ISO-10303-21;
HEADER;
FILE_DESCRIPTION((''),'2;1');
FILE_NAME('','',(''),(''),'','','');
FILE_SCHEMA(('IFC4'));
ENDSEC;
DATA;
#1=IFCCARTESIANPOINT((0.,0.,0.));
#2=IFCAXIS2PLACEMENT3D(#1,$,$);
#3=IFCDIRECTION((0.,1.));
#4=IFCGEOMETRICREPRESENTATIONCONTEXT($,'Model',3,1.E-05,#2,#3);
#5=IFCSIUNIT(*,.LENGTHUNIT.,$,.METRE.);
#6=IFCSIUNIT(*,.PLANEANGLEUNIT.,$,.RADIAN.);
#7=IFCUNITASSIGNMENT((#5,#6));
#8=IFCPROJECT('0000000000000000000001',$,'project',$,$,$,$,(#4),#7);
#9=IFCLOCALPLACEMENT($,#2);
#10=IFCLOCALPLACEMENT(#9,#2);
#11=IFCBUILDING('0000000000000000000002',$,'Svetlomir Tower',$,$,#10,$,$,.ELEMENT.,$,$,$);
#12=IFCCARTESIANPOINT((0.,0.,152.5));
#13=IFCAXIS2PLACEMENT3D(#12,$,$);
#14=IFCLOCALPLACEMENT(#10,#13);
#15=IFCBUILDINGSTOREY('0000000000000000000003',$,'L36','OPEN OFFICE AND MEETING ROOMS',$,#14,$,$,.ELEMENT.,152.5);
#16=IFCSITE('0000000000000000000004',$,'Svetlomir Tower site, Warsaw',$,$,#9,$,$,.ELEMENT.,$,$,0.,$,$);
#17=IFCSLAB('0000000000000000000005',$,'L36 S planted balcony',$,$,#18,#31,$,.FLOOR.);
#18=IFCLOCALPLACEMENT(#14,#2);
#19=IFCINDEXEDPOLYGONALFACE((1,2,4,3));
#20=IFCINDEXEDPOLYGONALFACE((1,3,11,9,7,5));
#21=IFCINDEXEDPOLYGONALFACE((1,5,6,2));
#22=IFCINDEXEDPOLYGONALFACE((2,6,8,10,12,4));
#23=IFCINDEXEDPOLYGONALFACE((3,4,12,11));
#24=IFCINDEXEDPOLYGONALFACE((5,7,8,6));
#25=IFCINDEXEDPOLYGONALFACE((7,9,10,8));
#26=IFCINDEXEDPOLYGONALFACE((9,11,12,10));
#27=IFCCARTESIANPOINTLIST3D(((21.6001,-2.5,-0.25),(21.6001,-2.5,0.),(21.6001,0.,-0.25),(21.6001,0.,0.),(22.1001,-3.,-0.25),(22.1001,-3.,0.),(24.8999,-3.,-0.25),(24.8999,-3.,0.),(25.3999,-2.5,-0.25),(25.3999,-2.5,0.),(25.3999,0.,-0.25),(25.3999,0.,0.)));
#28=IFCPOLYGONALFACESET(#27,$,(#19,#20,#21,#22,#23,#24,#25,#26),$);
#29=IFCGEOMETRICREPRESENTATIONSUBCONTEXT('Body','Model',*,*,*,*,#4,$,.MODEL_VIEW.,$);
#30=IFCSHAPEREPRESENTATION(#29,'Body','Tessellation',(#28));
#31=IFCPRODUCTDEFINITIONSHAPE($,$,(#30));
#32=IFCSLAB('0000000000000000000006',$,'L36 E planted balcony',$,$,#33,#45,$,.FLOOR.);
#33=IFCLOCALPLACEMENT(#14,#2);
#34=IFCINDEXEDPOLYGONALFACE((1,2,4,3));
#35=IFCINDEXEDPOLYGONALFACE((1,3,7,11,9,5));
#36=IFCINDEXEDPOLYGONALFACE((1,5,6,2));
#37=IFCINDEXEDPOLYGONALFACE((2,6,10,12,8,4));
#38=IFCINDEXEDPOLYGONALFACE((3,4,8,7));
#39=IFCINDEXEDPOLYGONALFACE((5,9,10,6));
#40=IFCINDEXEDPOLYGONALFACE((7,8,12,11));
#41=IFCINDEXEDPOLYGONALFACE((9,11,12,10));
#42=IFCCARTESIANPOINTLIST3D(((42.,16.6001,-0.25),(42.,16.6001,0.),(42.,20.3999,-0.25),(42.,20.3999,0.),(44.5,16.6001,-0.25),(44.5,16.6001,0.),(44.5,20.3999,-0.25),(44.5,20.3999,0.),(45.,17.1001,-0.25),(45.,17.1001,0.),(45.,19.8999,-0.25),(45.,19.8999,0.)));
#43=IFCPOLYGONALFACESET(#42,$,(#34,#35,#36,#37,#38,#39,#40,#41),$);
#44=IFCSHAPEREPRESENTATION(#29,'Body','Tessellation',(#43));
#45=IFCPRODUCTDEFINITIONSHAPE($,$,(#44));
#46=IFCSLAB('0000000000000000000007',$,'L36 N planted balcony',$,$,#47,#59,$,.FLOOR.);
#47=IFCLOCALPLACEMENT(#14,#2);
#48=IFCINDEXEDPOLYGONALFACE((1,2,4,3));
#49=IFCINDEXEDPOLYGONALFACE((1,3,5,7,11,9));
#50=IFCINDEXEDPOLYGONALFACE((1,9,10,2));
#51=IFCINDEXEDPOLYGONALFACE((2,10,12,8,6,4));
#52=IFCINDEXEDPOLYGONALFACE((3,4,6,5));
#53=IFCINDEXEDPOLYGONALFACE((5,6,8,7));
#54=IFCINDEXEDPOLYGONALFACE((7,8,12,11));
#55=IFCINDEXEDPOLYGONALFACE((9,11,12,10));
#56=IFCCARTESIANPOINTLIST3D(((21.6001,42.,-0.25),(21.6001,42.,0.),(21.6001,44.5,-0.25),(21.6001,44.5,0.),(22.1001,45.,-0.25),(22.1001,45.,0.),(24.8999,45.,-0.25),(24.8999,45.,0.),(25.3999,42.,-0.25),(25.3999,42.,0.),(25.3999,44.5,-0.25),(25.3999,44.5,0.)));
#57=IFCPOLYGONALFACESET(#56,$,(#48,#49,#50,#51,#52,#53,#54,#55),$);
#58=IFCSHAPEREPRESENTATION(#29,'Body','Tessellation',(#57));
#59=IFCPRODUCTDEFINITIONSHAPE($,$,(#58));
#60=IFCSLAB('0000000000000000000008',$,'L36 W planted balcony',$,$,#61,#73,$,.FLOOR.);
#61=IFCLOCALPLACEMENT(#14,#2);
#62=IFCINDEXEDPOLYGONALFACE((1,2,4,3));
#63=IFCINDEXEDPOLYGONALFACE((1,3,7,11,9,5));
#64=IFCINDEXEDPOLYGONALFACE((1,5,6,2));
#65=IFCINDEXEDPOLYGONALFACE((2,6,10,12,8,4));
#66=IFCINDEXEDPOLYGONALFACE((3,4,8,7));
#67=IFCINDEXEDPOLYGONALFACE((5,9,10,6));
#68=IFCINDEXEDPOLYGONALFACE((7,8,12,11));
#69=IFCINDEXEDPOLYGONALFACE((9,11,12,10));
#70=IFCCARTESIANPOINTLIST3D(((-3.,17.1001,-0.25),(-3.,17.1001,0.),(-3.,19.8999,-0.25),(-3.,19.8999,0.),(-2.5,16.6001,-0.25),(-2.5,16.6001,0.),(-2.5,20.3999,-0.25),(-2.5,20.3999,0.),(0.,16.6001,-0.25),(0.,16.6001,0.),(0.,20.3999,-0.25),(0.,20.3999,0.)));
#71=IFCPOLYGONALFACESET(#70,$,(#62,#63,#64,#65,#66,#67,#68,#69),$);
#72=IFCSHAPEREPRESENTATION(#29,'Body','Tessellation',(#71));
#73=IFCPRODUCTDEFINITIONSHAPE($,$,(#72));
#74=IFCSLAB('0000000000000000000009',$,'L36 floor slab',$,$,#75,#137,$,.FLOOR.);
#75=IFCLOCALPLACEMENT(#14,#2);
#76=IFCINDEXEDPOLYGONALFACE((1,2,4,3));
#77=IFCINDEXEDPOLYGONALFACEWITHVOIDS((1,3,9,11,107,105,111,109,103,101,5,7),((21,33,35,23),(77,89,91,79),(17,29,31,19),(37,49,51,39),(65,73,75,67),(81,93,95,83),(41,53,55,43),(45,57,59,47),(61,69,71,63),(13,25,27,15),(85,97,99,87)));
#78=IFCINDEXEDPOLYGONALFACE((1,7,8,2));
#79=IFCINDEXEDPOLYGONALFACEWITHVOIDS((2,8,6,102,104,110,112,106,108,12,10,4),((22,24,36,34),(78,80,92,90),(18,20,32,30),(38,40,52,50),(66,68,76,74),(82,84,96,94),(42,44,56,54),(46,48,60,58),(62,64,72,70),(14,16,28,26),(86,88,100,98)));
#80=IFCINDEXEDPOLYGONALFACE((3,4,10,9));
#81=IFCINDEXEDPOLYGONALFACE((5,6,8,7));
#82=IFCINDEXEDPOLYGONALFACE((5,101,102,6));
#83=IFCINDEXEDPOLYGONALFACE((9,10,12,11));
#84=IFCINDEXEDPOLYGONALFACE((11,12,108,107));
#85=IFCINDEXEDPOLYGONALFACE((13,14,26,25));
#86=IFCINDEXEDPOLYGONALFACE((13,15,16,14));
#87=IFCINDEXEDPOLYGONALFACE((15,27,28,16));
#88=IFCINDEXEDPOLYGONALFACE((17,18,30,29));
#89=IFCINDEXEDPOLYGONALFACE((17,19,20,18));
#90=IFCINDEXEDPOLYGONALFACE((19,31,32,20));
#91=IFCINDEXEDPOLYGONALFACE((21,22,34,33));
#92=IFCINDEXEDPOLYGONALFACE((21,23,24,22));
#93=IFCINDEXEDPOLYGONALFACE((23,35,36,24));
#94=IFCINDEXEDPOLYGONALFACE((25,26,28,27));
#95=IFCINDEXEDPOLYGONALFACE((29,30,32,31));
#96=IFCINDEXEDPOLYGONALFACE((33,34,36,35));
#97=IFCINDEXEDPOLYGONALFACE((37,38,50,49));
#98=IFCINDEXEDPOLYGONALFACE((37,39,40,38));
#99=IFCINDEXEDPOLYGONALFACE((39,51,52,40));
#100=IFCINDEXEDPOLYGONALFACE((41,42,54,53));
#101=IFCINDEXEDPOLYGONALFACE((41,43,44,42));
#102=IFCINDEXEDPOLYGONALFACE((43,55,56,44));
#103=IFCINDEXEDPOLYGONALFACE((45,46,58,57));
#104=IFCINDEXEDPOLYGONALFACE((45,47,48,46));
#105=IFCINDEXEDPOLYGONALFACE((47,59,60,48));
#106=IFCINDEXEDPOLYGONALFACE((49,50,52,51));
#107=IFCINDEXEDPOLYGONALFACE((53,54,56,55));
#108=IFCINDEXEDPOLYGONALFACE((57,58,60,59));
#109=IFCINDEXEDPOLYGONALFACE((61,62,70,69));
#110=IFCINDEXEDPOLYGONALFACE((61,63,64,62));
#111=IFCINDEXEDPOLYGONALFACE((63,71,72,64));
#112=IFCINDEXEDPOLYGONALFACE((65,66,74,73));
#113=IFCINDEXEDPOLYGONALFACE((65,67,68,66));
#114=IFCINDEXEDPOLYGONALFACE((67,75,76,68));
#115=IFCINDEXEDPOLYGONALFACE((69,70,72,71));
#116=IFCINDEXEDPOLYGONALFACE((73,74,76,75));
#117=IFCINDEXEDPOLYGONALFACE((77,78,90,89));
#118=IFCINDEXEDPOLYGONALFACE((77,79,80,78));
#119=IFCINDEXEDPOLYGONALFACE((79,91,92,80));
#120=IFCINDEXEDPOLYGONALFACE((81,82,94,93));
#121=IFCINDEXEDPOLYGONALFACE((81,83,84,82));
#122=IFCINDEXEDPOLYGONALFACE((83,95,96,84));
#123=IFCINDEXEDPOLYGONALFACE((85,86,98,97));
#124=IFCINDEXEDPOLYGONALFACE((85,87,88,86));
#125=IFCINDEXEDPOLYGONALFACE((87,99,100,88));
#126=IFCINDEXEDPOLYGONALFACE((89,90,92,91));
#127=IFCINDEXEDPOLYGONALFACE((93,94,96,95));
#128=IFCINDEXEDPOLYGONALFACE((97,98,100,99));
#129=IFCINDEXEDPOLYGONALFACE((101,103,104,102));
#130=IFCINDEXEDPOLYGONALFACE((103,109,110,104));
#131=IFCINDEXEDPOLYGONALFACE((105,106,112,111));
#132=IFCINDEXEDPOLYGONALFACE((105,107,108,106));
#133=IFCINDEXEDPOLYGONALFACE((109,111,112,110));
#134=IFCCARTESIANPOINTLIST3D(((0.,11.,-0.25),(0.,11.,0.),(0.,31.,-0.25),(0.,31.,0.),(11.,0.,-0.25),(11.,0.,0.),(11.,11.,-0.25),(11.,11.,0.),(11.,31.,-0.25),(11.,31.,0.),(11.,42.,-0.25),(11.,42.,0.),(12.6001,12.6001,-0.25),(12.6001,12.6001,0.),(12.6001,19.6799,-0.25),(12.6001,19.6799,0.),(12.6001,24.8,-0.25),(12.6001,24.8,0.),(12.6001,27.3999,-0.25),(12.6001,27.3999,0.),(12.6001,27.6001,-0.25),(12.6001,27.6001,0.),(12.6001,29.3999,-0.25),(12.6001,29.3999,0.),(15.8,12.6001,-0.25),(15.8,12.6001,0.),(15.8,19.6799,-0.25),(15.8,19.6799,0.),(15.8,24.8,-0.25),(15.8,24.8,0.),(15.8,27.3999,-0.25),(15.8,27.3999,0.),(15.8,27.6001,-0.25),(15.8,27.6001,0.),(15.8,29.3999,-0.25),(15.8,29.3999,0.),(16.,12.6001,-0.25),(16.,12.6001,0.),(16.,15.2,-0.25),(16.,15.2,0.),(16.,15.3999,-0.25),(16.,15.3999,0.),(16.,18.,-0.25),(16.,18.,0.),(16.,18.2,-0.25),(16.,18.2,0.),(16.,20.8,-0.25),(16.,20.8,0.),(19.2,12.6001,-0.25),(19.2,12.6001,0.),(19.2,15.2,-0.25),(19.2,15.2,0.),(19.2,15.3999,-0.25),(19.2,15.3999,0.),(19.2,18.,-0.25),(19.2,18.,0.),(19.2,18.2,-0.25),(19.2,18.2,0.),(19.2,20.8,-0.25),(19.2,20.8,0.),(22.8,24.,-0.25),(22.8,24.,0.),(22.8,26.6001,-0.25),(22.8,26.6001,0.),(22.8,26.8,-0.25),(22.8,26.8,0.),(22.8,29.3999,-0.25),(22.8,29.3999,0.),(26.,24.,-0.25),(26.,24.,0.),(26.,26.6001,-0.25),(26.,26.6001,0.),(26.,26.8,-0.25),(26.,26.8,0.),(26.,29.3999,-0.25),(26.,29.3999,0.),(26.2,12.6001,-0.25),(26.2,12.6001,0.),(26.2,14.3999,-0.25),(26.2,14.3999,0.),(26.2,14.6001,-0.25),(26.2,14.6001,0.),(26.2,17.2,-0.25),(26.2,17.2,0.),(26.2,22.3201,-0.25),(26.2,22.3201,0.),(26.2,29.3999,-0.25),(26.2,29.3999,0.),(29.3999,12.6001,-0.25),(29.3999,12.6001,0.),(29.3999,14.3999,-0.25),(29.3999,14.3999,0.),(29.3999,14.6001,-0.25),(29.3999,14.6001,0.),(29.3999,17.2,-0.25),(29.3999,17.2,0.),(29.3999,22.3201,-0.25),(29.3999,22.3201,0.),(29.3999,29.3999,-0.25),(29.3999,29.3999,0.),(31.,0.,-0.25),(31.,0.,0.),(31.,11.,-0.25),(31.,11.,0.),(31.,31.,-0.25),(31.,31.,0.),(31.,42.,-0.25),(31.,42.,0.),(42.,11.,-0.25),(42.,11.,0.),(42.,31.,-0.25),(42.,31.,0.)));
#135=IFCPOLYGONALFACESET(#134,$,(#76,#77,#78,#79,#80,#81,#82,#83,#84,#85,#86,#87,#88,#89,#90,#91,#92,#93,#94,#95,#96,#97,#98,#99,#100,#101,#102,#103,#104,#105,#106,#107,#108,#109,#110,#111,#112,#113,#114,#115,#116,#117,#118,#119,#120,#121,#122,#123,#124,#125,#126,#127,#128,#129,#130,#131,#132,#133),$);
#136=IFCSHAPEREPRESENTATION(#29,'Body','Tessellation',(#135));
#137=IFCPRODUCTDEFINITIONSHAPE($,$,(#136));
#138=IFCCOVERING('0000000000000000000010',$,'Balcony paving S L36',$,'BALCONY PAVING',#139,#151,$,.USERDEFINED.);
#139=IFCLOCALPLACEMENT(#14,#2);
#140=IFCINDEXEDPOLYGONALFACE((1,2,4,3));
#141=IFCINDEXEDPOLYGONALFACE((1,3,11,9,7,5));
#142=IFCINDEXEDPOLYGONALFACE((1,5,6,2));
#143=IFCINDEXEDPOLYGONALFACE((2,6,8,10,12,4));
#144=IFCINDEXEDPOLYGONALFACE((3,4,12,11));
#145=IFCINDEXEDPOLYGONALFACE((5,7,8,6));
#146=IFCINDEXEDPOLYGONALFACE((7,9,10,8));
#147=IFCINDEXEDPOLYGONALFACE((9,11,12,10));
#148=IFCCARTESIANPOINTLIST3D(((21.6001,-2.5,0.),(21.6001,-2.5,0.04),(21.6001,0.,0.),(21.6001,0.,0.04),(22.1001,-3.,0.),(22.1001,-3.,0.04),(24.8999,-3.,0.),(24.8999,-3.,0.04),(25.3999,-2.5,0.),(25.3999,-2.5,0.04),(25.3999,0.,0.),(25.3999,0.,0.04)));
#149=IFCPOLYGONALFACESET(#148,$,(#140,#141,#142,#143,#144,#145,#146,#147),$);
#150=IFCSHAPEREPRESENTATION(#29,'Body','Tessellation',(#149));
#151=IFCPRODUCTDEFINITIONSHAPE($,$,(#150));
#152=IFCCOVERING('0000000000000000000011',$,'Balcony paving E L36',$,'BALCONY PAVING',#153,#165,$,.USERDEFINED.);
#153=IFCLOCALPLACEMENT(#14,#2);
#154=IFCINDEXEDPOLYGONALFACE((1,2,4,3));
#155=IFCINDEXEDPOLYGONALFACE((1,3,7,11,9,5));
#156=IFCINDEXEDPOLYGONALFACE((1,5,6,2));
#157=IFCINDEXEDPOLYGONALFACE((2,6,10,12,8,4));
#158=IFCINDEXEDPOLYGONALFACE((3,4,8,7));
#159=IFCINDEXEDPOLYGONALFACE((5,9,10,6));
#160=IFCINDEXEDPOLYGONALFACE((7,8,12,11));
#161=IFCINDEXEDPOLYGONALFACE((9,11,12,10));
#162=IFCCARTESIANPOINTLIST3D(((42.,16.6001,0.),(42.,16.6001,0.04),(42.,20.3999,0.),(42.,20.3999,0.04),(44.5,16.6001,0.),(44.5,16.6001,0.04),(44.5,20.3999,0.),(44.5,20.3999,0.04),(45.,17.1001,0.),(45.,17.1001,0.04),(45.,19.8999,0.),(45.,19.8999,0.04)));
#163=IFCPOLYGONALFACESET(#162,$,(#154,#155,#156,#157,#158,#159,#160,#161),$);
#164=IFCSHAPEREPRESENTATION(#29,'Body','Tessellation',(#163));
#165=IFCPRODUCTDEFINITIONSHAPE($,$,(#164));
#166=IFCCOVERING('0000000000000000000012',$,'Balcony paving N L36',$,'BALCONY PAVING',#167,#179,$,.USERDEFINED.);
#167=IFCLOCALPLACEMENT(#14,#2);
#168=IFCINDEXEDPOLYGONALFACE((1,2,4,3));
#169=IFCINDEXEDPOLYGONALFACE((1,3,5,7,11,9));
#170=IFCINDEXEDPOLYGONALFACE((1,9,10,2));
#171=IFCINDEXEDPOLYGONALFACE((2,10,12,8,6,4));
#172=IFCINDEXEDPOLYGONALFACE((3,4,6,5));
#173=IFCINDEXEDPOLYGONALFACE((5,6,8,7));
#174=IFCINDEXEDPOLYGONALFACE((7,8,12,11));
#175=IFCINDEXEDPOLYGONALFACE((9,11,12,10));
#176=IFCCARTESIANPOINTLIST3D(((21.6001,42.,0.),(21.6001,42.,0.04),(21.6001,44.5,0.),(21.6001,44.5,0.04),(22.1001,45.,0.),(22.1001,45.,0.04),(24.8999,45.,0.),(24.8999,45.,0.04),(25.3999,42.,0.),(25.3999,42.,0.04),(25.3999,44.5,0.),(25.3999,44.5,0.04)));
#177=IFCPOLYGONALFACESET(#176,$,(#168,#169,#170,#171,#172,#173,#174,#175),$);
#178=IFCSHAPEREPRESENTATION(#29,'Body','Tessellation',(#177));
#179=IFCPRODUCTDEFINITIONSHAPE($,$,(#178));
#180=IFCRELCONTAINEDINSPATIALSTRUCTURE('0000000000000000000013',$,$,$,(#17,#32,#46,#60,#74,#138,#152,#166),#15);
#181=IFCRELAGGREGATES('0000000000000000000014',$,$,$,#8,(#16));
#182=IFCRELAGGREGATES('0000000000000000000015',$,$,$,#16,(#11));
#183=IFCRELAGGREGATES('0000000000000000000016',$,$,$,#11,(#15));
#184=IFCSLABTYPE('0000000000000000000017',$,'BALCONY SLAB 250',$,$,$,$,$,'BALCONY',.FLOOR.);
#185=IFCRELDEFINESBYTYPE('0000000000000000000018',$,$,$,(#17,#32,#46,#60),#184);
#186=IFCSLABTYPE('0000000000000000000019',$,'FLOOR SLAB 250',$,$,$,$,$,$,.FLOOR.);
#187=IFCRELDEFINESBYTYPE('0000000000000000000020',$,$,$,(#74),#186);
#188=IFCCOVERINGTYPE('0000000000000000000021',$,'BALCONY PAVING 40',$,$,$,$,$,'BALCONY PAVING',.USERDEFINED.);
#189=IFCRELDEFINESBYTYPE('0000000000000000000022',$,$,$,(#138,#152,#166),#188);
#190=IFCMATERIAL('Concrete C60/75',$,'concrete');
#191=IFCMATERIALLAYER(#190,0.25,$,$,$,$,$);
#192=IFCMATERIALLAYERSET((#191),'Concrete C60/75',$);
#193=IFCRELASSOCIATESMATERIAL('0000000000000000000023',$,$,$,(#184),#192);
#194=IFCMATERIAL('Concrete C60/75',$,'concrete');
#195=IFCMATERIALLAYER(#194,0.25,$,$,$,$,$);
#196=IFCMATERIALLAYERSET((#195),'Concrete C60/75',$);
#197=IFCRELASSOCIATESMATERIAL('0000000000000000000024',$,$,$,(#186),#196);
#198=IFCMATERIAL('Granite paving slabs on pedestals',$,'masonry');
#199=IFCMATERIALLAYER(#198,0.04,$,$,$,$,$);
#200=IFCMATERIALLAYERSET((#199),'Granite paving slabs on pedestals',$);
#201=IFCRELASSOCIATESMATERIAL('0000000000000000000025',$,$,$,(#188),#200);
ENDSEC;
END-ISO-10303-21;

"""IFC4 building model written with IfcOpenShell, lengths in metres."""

from ifc_helpers import new_model, si_unit, direction, frame, origin, place, context, subcontext, project, spatial, polyline, outline, extrude, material, layer, layer_set, type_object, element, save


model = new_model("IFC4")

# Units and contexts
model_context = context("Model", 3, precision=1e-05, world=origin(), true_north=direction((0.0, 1.0)))
body_context = subcontext(model_context, "Body", "Model", "MODEL_VIEW")
ifc_project = project(units=[si_unit("LENGTHUNIT", "METRE"), si_unit("PLANEANGLEUNIT", "RADIAN")], contexts=[model_context])

# Site, building, storey
site_placement = place(None, origin())
site = spatial("IfcSite", under=ifc_project, at=site_placement, Name="Svetlomir Tower site, Warsaw", CompositionType="ELEMENT", RefElevation=0.0)
building_placement = place(site_placement, origin())
building = spatial("IfcBuilding", under=site, at=building_placement, Name="Svetlomir Tower", CompositionType="ELEMENT")
storey_placement = place(building_placement, frame((0.0, 0.0, 152.5)))
storey = spatial("IfcBuildingStorey", under=building, at=storey_placement, Name="L36", Description="OPEN OFFICE AND MEETING ROOMS", CompositionType="ELEMENT", Elevation=152.5)

# Slabs
ifc_material_1 = material(Name="Concrete C60/75", Category="concrete")
ifc_layer_1 = layer(ifc_material_1, 0.25)
ifc_layer_set_1 = layer_set([ifc_layer_1], Name="Concrete C60/75")
slab_type_1 = type_object("IfcSlabType", Name="BALCONY SLAB 250", ElementType="BALCONY", PredefinedType="FLOOR", material=ifc_layer_set_1)
slab_1_placement = place(storey_placement, frame((0.0, 0.0, -0.25)))
element("IfcSlab", 1, at=slab_1_placement, inside=storey, type_object=slab_type_1, Name="L36 S planted balcony", PredefinedType="FLOOR", context=body_context, shape_type="SweptSolid", body=[
    extrude(outline(polyline([(21.6001, -2.5), (22.1001, -3.0), (24.8999, -3.0), (25.3999, -2.5), (25.3999, 0.0), (21.6001, 0.0), (21.6001, -2.5)])), origin(), (0.0, 0.0, 1.0), 0.25),
])
slab_2_placement = place(storey_placement, frame((0.0, 0.0, -0.25)))
element("IfcSlab", 2, at=slab_2_placement, inside=storey, type_object=slab_type_1, Name="L36 E planted balcony", PredefinedType="FLOOR", context=body_context, shape_type="SweptSolid", body=[
    extrude(outline(polyline([(42.0, 16.6001), (44.5, 16.6001), (45.0, 17.1001), (45.0, 19.8999), (44.5, 20.3999), (42.0, 20.3999), (42.0, 16.6001)])), origin(), (0.0, 0.0, 1.0), 0.25),
])
slab_3_placement = place(storey_placement, frame((0.0, 0.0, -0.25)))
element("IfcSlab", 3, at=slab_3_placement, inside=storey, type_object=slab_type_1, Name="L36 N planted balcony", PredefinedType="FLOOR", context=body_context, shape_type="SweptSolid", body=[
    extrude(outline(polyline([(21.6001, 42.0), (25.3999, 42.0), (25.3999, 44.5), (24.8999, 45.0), (22.1001, 45.0), (21.6001, 44.5), (21.6001, 42.0)])), origin(), (0.0, 0.0, 1.0), 0.25),
])
slab_4_placement = place(storey_placement, frame((0.0, 0.0, -0.25)))
element("IfcSlab", 4, at=slab_4_placement, inside=storey, type_object=slab_type_1, Name="L36 W planted balcony", PredefinedType="FLOOR", context=body_context, shape_type="SweptSolid", body=[
    extrude(outline(polyline([(-2.5, 16.6001), (0.0, 16.6001), (0.0, 20.3999), (-2.5, 20.3999), (-3.0, 19.8999), (-3.0, 17.1001), (-2.5, 16.6001)])), origin(), (0.0, 0.0, 1.0), 0.25),
])
ifc_material_2 = material(Name="Concrete C60/75", Category="concrete")
ifc_layer_2 = layer(ifc_material_2, 0.25)
ifc_layer_set_2 = layer_set([ifc_layer_2], Name="Concrete C60/75")
slab_type_2 = type_object("IfcSlabType", Name="FLOOR SLAB 250", PredefinedType="FLOOR", material=ifc_layer_set_2)
slab_5_placement = place(storey_placement, frame((0.0, 0.0, -0.25)))
element("IfcSlab", 5, at=slab_5_placement, inside=storey, type_object=slab_type_2, Name="L36 floor slab", PredefinedType="FLOOR", context=body_context, shape_type="SweptSolid", body=[
    extrude(outline(polyline([(11.0, 0.0), (31.0, 0.0), (31.0, 11.0), (42.0, 11.0), (42.0, 31.0), (31.0, 31.0), (31.0, 42.0), (11.0, 42.0), (11.0, 31.0), (0.0, 31.0), (0.0, 11.0), (11.0, 11.0), (11.0, 0.0)]), holes=[polyline([(12.6001, 24.8), (15.8, 24.8), (15.8, 27.3999), (12.6001, 27.3999), (12.6001, 24.8)]), polyline([(26.2, 14.6001), (29.3999, 14.6001), (29.3999, 17.2), (26.2, 17.2), (26.2, 14.6001)]), polyline([(16.0, 12.6001), (19.2, 12.6001), (19.2, 15.2), (16.0, 15.2), (16.0, 12.6001)]), polyline([(16.0, 15.3999), (19.2, 15.3999), (19.2, 18.0), (16.0, 18.0), (16.0, 15.3999)]), polyline([(16.0, 18.2), (19.2, 18.2), (19.2, 20.8), (16.0, 20.8), (16.0, 18.2)]), polyline([(22.8, 24.0), (26.0, 24.0), (26.0, 26.6001), (22.8, 26.6001), (22.8, 24.0)]), polyline([(22.8, 26.8), (26.0, 26.8), (26.0, 29.3999), (22.8, 29.3999), (22.8, 26.8)]), polyline([(12.6001, 27.6001), (15.8, 27.6001), (15.8, 29.3999), (12.6001, 29.3999), (12.6001, 27.6001)]), polyline([(26.2, 12.6001), (29.3999, 12.6001), (29.3999, 14.3999), (26.2, 14.3999), (26.2, 12.6001)]), polyline([(12.6001, 12.6001), (15.8, 12.6001), (15.8, 19.6799), (12.6001, 19.6799), (12.6001, 12.6001)]), polyline([(26.2, 22.3201), (29.3999, 22.3201), (29.3999, 29.3999), (26.2, 29.3999), (26.2, 22.3201)])]), origin(), (0.0, 0.0, 1.0), 0.25),
])

# Coverings
ifc_material_3 = material(Name="Granite paving slabs on pedestals", Category="masonry")
ifc_layer_3 = layer(ifc_material_3, 0.04)
ifc_layer_set_3 = layer_set([ifc_layer_3], Name="Granite paving slabs on pedestals")
covering_type_1 = type_object("IfcCoveringType", Name="BALCONY PAVING 40", ElementType="BALCONY PAVING", PredefinedType="USERDEFINED", material=ifc_layer_set_3)
covering_1_placement = place(storey_placement, origin())
element("IfcCovering", 6, at=covering_1_placement, inside=storey, type_object=covering_type_1, Name="Balcony paving S L36", ObjectType="BALCONY PAVING", PredefinedType="USERDEFINED", context=body_context, shape_type="SweptSolid", body=[
    extrude(outline(polyline([(21.6001, -2.5), (22.1001, -3.0), (24.8999, -3.0), (25.3999, -2.5), (25.3999, 0.0), (21.6001, 0.0), (21.6001, -2.5)])), origin(), (0.0, 0.0, 1.0), 0.04),
])
covering_2_placement = place(storey_placement, origin())
element("IfcCovering", 7, at=covering_2_placement, inside=storey, type_object=covering_type_1, Name="Balcony paving E L36", ObjectType="BALCONY PAVING", PredefinedType="USERDEFINED", context=body_context, shape_type="SweptSolid", body=[
    extrude(outline(polyline([(42.0, 16.6001), (44.5, 16.6001), (45.0, 17.1001), (45.0, 19.8999), (44.5, 20.3999), (42.0, 20.3999), (42.0, 16.6001)])), origin(), (0.0, 0.0, 1.0), 0.04),
])
covering_3_placement = place(storey_placement, origin())
element("IfcCovering", 8, at=covering_3_placement, inside=storey, type_object=covering_type_1, Name="Balcony paving N L36", ObjectType="BALCONY PAVING", PredefinedType="USERDEFINED", context=body_context, shape_type="SweptSolid", body=[
    extrude(outline(polyline([(21.6001, 42.0), (25.3999, 42.0), (25.3999, 44.5), (24.8999, 45.0), (22.1001, 45.0), (21.6001, 44.5), (21.6001, 42.0)])), origin(), (0.0, 0.0, 1.0), 0.04),
])

save(model, "model.ifc")
